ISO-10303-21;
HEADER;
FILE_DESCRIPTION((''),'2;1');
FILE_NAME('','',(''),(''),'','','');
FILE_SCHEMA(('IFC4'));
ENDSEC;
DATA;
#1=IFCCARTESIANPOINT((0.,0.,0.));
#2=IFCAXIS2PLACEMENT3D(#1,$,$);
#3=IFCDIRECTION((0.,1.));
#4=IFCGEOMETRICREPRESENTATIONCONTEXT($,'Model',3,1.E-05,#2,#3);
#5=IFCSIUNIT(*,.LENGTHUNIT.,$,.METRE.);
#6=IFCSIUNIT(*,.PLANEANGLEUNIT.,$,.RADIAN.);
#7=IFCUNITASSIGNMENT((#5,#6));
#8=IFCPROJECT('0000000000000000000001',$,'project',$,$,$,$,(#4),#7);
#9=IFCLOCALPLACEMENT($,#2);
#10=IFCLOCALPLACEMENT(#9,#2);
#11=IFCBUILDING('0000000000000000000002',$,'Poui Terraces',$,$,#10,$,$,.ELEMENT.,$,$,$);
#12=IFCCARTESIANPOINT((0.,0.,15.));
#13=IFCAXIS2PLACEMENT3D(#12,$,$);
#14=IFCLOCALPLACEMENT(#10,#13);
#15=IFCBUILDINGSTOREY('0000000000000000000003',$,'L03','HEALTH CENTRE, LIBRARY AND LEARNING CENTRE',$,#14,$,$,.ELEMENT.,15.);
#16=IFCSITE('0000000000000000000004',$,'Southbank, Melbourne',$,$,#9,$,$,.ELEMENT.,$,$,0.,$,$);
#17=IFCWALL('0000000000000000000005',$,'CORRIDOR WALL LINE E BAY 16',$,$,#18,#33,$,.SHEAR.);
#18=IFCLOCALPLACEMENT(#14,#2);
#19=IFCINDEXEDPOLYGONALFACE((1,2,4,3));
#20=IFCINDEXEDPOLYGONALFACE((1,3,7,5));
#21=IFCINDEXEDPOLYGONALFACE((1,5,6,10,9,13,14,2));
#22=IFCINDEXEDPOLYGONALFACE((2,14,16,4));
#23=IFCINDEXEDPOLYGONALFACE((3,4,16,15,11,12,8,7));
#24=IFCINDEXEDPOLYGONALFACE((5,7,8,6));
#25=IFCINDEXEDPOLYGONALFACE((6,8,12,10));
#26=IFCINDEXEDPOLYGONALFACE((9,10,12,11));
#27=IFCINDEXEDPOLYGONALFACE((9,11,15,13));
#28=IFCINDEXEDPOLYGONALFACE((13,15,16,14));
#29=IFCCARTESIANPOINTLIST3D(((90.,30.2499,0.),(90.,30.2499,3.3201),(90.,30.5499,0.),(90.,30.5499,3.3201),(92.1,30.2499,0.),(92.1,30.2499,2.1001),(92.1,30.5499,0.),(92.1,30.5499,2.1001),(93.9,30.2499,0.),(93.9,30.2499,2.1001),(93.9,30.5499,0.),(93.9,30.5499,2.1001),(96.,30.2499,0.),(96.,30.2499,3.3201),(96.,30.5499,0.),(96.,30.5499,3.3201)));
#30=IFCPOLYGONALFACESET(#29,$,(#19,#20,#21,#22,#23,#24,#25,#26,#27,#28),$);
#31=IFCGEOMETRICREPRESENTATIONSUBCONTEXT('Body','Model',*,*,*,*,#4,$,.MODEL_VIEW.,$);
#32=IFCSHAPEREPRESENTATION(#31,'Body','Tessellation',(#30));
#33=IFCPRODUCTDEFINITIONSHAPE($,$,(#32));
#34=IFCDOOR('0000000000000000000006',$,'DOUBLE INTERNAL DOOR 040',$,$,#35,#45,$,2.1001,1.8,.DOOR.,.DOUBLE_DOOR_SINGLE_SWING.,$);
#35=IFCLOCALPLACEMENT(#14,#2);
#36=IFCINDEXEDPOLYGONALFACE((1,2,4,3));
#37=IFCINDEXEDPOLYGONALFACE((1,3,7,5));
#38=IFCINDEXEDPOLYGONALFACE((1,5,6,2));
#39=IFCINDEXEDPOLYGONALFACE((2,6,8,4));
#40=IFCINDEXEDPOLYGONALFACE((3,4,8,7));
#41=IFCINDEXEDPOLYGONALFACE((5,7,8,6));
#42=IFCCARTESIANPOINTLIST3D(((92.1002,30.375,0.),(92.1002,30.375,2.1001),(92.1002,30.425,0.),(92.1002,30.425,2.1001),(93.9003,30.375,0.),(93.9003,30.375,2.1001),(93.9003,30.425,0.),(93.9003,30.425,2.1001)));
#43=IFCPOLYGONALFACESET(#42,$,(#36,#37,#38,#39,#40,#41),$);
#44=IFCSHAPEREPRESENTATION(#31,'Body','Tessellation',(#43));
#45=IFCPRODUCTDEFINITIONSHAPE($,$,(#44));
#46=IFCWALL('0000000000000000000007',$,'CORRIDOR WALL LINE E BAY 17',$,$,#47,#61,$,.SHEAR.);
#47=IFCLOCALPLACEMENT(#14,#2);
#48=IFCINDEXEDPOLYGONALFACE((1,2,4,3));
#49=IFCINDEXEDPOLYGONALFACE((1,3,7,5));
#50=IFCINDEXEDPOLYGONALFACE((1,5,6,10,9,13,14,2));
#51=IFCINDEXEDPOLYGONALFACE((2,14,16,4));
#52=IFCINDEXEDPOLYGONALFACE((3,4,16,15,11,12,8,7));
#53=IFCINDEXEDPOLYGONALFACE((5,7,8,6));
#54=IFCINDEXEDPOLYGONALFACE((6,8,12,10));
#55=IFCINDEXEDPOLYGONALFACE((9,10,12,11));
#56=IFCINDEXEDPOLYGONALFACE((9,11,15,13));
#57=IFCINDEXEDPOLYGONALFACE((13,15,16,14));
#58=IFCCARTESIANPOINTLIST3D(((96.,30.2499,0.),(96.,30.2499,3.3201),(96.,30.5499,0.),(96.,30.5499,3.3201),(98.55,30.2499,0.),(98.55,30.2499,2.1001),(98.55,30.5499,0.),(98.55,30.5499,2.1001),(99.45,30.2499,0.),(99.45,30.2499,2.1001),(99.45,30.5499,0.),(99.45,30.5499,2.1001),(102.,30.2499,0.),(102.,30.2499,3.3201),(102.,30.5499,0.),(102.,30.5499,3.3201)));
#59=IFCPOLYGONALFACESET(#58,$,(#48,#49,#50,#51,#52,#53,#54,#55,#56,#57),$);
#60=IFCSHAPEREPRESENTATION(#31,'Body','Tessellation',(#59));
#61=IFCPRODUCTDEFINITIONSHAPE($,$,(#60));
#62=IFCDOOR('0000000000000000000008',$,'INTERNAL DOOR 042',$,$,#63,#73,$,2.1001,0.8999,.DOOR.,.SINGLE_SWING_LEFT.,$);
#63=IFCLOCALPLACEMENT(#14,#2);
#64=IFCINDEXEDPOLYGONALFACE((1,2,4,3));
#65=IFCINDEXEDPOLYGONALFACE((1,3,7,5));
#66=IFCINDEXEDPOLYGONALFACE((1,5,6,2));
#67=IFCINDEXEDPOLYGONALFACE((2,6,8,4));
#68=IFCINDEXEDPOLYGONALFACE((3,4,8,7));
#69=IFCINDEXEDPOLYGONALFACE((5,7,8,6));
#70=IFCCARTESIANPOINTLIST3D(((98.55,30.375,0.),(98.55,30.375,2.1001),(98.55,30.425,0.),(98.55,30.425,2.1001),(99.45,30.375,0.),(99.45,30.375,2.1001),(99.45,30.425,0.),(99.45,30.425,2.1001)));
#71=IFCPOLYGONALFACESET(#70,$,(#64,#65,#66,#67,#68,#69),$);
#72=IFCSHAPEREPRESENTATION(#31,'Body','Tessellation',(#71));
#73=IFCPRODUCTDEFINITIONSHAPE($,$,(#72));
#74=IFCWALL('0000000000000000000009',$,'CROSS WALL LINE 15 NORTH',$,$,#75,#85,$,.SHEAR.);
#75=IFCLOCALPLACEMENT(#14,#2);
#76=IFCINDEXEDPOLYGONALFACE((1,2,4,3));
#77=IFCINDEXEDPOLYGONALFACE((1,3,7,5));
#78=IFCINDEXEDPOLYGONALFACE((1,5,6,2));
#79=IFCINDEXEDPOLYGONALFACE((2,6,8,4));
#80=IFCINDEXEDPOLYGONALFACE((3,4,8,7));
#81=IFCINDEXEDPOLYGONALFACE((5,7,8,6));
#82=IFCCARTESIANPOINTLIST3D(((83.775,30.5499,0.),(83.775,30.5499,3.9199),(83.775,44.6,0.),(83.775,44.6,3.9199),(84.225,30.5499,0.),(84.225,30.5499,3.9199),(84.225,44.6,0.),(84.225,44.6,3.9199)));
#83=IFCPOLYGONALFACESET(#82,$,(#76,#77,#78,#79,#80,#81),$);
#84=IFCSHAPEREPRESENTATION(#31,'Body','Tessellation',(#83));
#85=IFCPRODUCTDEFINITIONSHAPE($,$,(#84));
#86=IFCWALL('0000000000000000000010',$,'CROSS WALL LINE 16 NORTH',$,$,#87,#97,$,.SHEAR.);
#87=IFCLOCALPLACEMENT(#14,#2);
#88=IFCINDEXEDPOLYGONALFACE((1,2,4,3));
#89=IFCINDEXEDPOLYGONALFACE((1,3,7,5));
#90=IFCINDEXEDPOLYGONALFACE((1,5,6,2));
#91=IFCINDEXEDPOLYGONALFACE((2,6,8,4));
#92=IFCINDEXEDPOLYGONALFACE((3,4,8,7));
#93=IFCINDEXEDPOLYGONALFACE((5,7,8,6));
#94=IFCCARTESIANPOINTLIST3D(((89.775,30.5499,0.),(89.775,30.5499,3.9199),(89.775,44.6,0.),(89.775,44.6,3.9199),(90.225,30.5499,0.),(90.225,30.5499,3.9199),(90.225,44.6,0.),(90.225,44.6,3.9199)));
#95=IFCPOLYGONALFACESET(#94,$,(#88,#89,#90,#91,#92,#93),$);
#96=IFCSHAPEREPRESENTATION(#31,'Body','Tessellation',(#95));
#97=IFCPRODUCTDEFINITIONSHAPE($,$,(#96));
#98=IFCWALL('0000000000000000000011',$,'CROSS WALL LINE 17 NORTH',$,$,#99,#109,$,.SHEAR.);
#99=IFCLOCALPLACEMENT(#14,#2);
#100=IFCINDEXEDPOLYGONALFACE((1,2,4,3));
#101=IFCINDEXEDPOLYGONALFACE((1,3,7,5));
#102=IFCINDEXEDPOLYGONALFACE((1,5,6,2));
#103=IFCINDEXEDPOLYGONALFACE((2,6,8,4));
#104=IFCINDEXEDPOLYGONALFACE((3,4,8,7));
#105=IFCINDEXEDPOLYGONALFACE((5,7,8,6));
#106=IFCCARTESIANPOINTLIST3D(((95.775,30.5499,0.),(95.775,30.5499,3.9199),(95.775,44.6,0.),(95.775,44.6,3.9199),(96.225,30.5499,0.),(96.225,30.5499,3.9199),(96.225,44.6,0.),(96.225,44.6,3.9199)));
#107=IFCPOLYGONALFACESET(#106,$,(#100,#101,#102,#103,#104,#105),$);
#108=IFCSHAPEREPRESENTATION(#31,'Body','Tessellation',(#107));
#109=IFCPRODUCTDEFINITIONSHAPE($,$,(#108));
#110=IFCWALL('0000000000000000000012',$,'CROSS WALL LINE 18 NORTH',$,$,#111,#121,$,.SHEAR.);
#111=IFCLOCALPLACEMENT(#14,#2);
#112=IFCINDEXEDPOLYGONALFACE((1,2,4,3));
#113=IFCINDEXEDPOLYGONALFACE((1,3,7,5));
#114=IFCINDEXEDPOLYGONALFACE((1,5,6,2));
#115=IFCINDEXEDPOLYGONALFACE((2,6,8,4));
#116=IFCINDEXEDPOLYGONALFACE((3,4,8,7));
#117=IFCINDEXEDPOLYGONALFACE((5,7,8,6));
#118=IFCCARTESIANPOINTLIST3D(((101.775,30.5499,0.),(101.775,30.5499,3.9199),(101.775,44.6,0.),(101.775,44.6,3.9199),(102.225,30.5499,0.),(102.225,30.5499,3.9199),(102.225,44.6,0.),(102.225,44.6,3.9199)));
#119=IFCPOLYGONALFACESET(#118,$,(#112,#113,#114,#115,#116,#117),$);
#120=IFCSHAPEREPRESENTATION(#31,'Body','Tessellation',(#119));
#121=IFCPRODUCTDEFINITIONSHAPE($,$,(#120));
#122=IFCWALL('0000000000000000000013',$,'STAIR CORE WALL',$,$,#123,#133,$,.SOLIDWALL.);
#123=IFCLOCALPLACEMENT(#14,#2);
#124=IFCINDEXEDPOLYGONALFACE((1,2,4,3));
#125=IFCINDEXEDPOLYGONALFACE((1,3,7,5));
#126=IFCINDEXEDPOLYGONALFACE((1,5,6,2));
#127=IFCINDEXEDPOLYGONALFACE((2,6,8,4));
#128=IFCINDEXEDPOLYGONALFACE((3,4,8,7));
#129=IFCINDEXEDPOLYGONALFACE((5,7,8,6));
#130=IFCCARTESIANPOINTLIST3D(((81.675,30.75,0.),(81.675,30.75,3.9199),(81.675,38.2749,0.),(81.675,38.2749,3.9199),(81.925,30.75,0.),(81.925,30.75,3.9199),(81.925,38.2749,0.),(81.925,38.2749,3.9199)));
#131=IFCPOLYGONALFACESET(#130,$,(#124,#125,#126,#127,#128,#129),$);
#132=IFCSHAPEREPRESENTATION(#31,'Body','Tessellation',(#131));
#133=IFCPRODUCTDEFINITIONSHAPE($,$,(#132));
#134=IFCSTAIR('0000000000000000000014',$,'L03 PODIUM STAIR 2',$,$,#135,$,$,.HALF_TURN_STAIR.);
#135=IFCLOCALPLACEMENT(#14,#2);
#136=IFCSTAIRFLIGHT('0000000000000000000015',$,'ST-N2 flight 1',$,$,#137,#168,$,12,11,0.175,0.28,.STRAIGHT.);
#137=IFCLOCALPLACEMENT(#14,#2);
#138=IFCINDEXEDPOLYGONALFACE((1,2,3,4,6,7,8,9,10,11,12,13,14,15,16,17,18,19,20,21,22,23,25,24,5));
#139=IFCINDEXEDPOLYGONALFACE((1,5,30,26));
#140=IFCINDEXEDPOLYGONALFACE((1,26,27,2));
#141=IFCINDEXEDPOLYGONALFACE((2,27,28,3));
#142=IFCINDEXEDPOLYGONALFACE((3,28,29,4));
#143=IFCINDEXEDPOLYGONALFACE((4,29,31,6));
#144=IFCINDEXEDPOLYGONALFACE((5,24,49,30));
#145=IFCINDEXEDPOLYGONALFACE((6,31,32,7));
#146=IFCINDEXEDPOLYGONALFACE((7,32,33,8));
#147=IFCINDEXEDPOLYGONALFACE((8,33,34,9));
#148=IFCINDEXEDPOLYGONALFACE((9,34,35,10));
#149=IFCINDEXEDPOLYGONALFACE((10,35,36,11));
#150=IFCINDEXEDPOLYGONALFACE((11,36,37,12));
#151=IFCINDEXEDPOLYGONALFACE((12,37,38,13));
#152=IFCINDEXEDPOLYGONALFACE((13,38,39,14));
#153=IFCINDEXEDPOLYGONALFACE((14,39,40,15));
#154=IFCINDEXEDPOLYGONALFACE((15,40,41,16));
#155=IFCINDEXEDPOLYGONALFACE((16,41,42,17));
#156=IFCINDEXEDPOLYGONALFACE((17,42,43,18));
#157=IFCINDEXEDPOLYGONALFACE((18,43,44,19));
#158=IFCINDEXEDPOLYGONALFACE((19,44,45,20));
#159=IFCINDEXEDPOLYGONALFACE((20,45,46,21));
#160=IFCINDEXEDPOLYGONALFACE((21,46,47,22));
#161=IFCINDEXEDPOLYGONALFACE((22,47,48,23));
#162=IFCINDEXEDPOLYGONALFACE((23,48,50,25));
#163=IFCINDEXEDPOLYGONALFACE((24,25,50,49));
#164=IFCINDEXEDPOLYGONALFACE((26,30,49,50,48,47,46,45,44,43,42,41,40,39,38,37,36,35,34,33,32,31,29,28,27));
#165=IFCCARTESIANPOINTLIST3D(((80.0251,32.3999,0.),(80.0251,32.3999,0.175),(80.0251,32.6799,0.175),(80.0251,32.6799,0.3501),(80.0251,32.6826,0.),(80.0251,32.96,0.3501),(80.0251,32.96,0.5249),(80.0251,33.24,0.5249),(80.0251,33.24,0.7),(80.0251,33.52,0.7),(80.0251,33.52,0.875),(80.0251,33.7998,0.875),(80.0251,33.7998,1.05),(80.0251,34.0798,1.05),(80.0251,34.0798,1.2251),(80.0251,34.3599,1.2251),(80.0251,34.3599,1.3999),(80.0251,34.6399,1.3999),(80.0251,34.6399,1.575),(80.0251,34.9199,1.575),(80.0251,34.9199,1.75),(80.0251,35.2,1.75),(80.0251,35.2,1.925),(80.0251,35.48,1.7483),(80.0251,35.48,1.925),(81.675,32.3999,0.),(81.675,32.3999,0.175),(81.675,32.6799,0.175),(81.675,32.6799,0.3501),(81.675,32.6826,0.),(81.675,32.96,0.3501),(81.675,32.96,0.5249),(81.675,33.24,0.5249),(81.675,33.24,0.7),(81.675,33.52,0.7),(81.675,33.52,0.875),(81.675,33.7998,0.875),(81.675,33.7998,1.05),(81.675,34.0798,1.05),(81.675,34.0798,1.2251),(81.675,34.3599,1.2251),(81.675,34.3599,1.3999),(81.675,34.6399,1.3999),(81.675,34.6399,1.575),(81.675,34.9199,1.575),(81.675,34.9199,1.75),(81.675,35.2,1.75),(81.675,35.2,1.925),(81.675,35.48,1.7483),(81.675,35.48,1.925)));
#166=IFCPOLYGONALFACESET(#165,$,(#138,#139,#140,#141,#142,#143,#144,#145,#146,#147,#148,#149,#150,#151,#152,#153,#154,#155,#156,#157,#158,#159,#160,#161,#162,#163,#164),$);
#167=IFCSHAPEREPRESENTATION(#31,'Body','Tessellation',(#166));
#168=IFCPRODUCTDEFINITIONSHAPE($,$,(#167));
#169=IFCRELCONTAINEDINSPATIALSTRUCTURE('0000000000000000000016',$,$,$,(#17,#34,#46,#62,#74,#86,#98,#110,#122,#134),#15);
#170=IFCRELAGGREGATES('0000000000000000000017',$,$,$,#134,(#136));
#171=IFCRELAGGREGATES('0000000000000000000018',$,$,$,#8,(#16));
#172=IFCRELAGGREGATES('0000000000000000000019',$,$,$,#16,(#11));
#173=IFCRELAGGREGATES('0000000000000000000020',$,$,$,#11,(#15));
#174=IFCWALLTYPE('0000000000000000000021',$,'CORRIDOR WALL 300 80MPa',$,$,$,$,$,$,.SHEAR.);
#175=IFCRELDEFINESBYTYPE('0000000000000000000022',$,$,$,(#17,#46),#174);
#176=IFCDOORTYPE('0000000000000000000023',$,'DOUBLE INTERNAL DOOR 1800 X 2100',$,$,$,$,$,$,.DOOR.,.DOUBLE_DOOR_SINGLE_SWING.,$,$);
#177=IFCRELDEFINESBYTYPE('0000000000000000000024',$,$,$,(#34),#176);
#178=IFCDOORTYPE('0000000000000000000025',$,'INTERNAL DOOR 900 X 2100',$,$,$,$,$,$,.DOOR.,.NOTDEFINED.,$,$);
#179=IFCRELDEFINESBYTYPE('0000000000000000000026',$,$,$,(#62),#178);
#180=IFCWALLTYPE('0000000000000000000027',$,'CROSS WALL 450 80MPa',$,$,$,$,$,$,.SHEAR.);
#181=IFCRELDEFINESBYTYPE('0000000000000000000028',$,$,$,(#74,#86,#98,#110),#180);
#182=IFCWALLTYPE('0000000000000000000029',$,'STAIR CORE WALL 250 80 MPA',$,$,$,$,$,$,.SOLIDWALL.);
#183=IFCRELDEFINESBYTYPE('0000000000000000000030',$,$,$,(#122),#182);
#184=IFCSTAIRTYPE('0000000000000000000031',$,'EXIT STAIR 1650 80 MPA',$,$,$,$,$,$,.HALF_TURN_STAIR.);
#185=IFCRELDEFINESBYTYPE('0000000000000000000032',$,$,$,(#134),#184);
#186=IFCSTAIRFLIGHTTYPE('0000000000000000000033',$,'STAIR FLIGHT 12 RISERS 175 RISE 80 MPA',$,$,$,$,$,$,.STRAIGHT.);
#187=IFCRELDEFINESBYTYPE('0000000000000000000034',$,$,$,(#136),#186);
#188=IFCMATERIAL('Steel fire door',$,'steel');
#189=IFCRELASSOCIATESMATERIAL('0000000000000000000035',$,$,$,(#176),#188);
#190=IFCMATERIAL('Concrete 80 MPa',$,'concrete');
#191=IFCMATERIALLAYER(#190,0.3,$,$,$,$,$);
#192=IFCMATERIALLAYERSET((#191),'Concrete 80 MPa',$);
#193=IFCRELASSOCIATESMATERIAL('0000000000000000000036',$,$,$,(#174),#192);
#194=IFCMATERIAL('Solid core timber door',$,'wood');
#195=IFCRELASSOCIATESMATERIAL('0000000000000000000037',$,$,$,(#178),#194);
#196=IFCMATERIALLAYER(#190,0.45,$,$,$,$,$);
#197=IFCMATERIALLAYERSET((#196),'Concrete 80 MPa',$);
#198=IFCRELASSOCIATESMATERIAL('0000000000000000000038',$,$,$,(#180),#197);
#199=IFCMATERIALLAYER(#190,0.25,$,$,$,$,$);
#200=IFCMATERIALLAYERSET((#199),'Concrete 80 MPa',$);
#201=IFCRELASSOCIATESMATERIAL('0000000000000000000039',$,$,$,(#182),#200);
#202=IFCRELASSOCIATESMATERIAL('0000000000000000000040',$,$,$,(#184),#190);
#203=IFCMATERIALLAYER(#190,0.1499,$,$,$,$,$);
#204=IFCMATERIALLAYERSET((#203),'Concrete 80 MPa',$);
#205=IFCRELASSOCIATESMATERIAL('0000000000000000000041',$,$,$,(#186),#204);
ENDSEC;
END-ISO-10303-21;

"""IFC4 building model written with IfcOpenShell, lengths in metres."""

from ifc_helpers import new_model, si_unit, direction, frame, frame_2d, origin, place, context, subcontext, project, spatial, polyline, rectangle, outline, extrude, material, layer, layer_set, type_object, element, fill, aggregate, save


model = new_model("IFC4")

# Units and contexts
model_context = context("Model", 3, precision=1e-05, world=origin(), true_north=direction((0.0, 1.0)))
body_context = subcontext(model_context, "Body", "Model", "MODEL_VIEW")
ifc_project = project(units=[si_unit("LENGTHUNIT", "METRE"), si_unit("PLANEANGLEUNIT", "RADIAN")], contexts=[model_context])

# Site, building, storey
site_placement = place(None, origin())
site = spatial("IfcSite", under=ifc_project, at=site_placement, Name="Southbank, Melbourne", CompositionType="ELEMENT", RefElevation=0.0)
building_placement = place(site_placement, origin())
building = spatial("IfcBuilding", under=site, at=building_placement, Name="Poui Terraces", CompositionType="ELEMENT")
storey_placement = place(building_placement, frame((0.0, 0.0, 15.0)))
storey = spatial("IfcBuildingStorey", under=building, at=storey_placement, Name="L03", Description="HEALTH CENTRE, LIBRARY AND LEARNING CENTRE", CompositionType="ELEMENT", Elevation=15.0)

# Shared definitions
ifc_material_1 = material(Name="Concrete 80 MPa", Category="concrete")

# Walls, openings, doors
ifc_material_2 = material(Name="Steel fire door", Category="steel")
door_type_1 = type_object("IfcDoorType", Name="DOUBLE INTERNAL DOOR 1800 X 2100", OperationType="DOUBLE_DOOR_SINGLE_SWING", PredefinedType="DOOR", material=ifc_material_2)
ifc_material_3 = material(Name="Solid core timber door", Category="wood")
ifc_layer_1 = layer(ifc_material_1, 0.3)
ifc_layer_set_1 = layer_set([ifc_layer_1], Name="Concrete 80 MPa")
wall_type_1 = type_object("IfcWallType", Name="CORRIDOR WALL 300 80MPa", PredefinedType="SHEAR", material=ifc_layer_set_1)
door_type_2 = type_object("IfcDoorType", Name="INTERNAL DOOR 900 X 2100", OperationType="NOTDEFINED", PredefinedType="DOOR", material=ifc_material_3)
wall_1_placement = place(storey_placement, frame((90.0, 30.3999, 0.0), z_axis=(0.0, 0.0, 1.0), x_axis=(1.0, 0.0, 0.0)))
wall_1 = element("IfcWall", 1, at=wall_1_placement, inside=storey, type_object=wall_type_1, Name="CORRIDOR WALL LINE E BAY 16", PredefinedType="SHEAR", context=body_context, shape_type="SweptSolid", body=[
    extrude(rectangle(XDim=6.0, YDim=0.3, at=frame_2d((3.0, 0.0))), origin(), (0.0, 0.0, 1.0), 3.3201),
])
opening_1_placement = place(wall_1_placement, frame((2.1001, 0.0, 0.0)))
opening_1 = element("IfcOpeningElement", 2, at=opening_1_placement, cuts=wall_1, PredefinedType="OPENING", context=body_context, shape_type="SweptSolid", body=[
    extrude(rectangle(XDim=1.8, YDim=2.1001, at=frame_2d((0.8999, 1.05))), frame((0.0, 0.1602, 0.0), z_axis=(0.0, -1.0, 0.0), x_axis=(1.0, 0.0, 0.0)), (0.0, 0.0, 1.0), 0.3201),
])
door_1_placement = place(opening_1_placement, frame((1.8, 0.0, 0.0), z_axis=(0.0, 0.0, 1.0), x_axis=(-1.0, 0.0, 0.0)))
door_1 = element("IfcDoor", 3, at=door_1_placement, inside=storey, type_object=door_type_1, Name="DOUBLE INTERNAL DOOR 040", OperationType="DOUBLE_DOOR_SINGLE_SWING", OverallHeight=2.1001, OverallWidth=1.8, PredefinedType="DOOR", context=body_context, shape_type="SweptSolid", body=[
    extrude(rectangle(XDim=1.8, YDim=2.1001, at=frame_2d((0.8999, 1.05))), frame((0.0, 0.0249, 0.0), z_axis=(0.0, -1.0, 0.0), x_axis=(1.0, 0.0, 0.0)), (0.0, 0.0, 1.0), 0.05),
])
fill(opening_1, door_1)
wall_2_placement = place(storey_placement, frame((96.0, 30.3999, 0.0), z_axis=(0.0, 0.0, 1.0), x_axis=(1.0, 0.0, 0.0)))
wall_2 = element("IfcWall", 4, at=wall_2_placement, inside=storey, type_object=wall_type_1, Name="CORRIDOR WALL LINE E BAY 17", PredefinedType="SHEAR", context=body_context, shape_type="SweptSolid", body=[
    extrude(rectangle(XDim=6.0, YDim=0.3, at=frame_2d((3.0, 0.0))), origin(), (0.0, 0.0, 1.0), 3.3201),
])
opening_2_placement = place(wall_2_placement, frame((2.55, 0.0, 0.0)))
opening_2 = element("IfcOpeningElement", 5, at=opening_2_placement, cuts=wall_2, PredefinedType="OPENING", context=body_context, shape_type="SweptSolid", body=[
    extrude(rectangle(XDim=0.8999, YDim=2.1001, at=frame_2d((0.45, 1.05))), frame((0.0, 0.1602, 0.0), z_axis=(0.0, -1.0, 0.0), x_axis=(1.0, 0.0, 0.0)), (0.0, 0.0, 1.0), 0.3201),
])
door_2_placement = place(opening_2_placement, frame((0.8999, 0.0, 0.0), z_axis=(0.0, 0.0, 1.0), x_axis=(-1.0, 0.0, 0.0)))
door_2 = element("IfcDoor", 6, at=door_2_placement, inside=storey, type_object=door_type_2, Name="INTERNAL DOOR 042", OperationType="SINGLE_SWING_LEFT", OverallHeight=2.1001, OverallWidth=0.8999, PredefinedType="DOOR", context=body_context, shape_type="SweptSolid", body=[
    extrude(rectangle(XDim=0.8999, YDim=2.1001, at=frame_2d((0.45, 1.05))), frame((0.0, 0.0249, 0.0), z_axis=(0.0, -1.0, 0.0), x_axis=(1.0, 0.0, 0.0)), (0.0, 0.0, 1.0), 0.05),
])
fill(opening_2, door_2)

# Walls
ifc_layer_2 = layer(ifc_material_1, 0.45)
ifc_layer_set_2 = layer_set([ifc_layer_2], Name="Concrete 80 MPa")
wall_type_2 = type_object("IfcWallType", Name="CROSS WALL 450 80MPa", PredefinedType="SHEAR", material=ifc_layer_set_2)
for number, where, z_axis, x_axis, name in (
    (7, (84.0, 30.55, 0.0), (0.0, 0.0, 1.0), (0.0, 1.0, 0.0), "CROSS WALL LINE 15 NORTH"),
    (8, (90.0, 30.55, 0.0), (0.0, 0.0, 1.0), (0.0, 1.0, 0.0), "CROSS WALL LINE 16 NORTH"),
    (9, (96.0, 30.55, 0.0), (0.0, 0.0, 1.0), (0.0, 1.0, 0.0), "CROSS WALL LINE 17 NORTH"),
    (10, (102.0, 30.55, 0.0), (0.0, 0.0, 1.0), (0.0, 1.0, 0.0), "CROSS WALL LINE 18 NORTH"),
):
    element("IfcWall", number, at=place(storey_placement, frame(where, z_axis=z_axis, x_axis=x_axis)), inside=storey, type_object=wall_type_2, Name=name, PredefinedType="SHEAR", context=body_context, shape_type="SweptSolid", body=[
        extrude(rectangle(XDim=14.05, YDim=0.45, at=frame_2d((7.0249, 0.0))), origin(), (0.0, 0.0, 1.0), 3.9199),
    ])
ifc_layer_3 = layer(ifc_material_1, 0.25)
ifc_layer_set_3 = layer_set([ifc_layer_3], Name="Concrete 80 MPa")
wall_type_3 = type_object("IfcWallType", Name="STAIR CORE WALL 250 80 MPA", PredefinedType="SOLIDWALL", material=ifc_layer_set_3)
wall_3_placement = place(storey_placement, frame((81.8, 30.75, 0.0), z_axis=(0.0, 0.0, 1.0), x_axis=(0.0, 1.0, 0.0)))
element("IfcWall", 11, at=wall_3_placement, inside=storey, type_object=wall_type_3, Name="STAIR CORE WALL", PredefinedType="SOLIDWALL", context=body_context, shape_type="SweptSolid", body=[
    extrude(rectangle(XDim=7.5249, YDim=0.25, at=frame_2d((3.7625, 0.0))), origin(), (0.0, 0.0, 1.0), 3.9199),
])

# Stair, stair flight
stair_type = type_object("IfcStairType", Name="EXIT STAIR 1650 80 MPA", PredefinedType="HALF_TURN_STAIR", material=ifc_material_1)
stair_placement = place(storey_placement, origin())
stair = element("IfcStair", 12, at=stair_placement, inside=storey, type_object=stair_type, Name="L03 PODIUM STAIR 2", PredefinedType="HALF_TURN_STAIR")
ifc_layer_4 = layer(ifc_material_1, 0.1499)
ifc_layer_set_4 = layer_set([ifc_layer_4], Name="Concrete 80 MPa")
stair_flight_type = type_object("IfcStairFlightType", Name="STAIR FLIGHT 12 RISERS 175 RISE 80 MPA", PredefinedType="STRAIGHT", material=ifc_layer_set_4)
stair_flight_1_placement = place(storey_placement, frame((80.8501, 32.3999, 0.0), z_axis=(0.0, 0.0, 1.0), x_axis=(0.0, 1.0, 0.0)))
stair_flight_1 = element("IfcStairFlight", 13, at=stair_flight_1_placement, type_object=stair_flight_type, Name="ST-N2 flight 1", NumberOfRisers=12, NumberOfTreads=11, PredefinedType="STRAIGHT", RiserHeight=0.175, TreadLength=0.28, context=body_context, shape_type="SweptSolid", body=[
    extrude(outline(polyline([(0.0, 0.0), (0.0, 0.175), (0.28, 0.175), (0.28, 0.3501), (0.5601, 0.3501), (0.5601, 0.5249), (0.8401, 0.5249), (0.8401, 0.7), (1.1201, 0.7), (1.1201, 0.875), (1.3999, 0.875), (1.3999, 1.05), (1.6799, 1.05), (1.6799, 1.2251), (1.96, 1.2251), (1.96, 1.3999), (2.24, 1.3999), (2.24, 1.575), (2.52, 1.575), (2.52, 1.75), (2.8, 1.75), (2.8, 1.925), (3.0801, 1.925), (3.0801, 2.1001), (3.0801, 1.7483), (0.2827, 0.0), (0.0, 0.0)])), frame((0.0, 0.825, 0.0), z_axis=(0.0, -1.0, 0.0), x_axis=(1.0, 0.0, 0.0)), (0.0, 0.0, 1.0), 1.6499),
])
aggregate(stair, [stair_flight_1])

save(model, "model.ifc")
